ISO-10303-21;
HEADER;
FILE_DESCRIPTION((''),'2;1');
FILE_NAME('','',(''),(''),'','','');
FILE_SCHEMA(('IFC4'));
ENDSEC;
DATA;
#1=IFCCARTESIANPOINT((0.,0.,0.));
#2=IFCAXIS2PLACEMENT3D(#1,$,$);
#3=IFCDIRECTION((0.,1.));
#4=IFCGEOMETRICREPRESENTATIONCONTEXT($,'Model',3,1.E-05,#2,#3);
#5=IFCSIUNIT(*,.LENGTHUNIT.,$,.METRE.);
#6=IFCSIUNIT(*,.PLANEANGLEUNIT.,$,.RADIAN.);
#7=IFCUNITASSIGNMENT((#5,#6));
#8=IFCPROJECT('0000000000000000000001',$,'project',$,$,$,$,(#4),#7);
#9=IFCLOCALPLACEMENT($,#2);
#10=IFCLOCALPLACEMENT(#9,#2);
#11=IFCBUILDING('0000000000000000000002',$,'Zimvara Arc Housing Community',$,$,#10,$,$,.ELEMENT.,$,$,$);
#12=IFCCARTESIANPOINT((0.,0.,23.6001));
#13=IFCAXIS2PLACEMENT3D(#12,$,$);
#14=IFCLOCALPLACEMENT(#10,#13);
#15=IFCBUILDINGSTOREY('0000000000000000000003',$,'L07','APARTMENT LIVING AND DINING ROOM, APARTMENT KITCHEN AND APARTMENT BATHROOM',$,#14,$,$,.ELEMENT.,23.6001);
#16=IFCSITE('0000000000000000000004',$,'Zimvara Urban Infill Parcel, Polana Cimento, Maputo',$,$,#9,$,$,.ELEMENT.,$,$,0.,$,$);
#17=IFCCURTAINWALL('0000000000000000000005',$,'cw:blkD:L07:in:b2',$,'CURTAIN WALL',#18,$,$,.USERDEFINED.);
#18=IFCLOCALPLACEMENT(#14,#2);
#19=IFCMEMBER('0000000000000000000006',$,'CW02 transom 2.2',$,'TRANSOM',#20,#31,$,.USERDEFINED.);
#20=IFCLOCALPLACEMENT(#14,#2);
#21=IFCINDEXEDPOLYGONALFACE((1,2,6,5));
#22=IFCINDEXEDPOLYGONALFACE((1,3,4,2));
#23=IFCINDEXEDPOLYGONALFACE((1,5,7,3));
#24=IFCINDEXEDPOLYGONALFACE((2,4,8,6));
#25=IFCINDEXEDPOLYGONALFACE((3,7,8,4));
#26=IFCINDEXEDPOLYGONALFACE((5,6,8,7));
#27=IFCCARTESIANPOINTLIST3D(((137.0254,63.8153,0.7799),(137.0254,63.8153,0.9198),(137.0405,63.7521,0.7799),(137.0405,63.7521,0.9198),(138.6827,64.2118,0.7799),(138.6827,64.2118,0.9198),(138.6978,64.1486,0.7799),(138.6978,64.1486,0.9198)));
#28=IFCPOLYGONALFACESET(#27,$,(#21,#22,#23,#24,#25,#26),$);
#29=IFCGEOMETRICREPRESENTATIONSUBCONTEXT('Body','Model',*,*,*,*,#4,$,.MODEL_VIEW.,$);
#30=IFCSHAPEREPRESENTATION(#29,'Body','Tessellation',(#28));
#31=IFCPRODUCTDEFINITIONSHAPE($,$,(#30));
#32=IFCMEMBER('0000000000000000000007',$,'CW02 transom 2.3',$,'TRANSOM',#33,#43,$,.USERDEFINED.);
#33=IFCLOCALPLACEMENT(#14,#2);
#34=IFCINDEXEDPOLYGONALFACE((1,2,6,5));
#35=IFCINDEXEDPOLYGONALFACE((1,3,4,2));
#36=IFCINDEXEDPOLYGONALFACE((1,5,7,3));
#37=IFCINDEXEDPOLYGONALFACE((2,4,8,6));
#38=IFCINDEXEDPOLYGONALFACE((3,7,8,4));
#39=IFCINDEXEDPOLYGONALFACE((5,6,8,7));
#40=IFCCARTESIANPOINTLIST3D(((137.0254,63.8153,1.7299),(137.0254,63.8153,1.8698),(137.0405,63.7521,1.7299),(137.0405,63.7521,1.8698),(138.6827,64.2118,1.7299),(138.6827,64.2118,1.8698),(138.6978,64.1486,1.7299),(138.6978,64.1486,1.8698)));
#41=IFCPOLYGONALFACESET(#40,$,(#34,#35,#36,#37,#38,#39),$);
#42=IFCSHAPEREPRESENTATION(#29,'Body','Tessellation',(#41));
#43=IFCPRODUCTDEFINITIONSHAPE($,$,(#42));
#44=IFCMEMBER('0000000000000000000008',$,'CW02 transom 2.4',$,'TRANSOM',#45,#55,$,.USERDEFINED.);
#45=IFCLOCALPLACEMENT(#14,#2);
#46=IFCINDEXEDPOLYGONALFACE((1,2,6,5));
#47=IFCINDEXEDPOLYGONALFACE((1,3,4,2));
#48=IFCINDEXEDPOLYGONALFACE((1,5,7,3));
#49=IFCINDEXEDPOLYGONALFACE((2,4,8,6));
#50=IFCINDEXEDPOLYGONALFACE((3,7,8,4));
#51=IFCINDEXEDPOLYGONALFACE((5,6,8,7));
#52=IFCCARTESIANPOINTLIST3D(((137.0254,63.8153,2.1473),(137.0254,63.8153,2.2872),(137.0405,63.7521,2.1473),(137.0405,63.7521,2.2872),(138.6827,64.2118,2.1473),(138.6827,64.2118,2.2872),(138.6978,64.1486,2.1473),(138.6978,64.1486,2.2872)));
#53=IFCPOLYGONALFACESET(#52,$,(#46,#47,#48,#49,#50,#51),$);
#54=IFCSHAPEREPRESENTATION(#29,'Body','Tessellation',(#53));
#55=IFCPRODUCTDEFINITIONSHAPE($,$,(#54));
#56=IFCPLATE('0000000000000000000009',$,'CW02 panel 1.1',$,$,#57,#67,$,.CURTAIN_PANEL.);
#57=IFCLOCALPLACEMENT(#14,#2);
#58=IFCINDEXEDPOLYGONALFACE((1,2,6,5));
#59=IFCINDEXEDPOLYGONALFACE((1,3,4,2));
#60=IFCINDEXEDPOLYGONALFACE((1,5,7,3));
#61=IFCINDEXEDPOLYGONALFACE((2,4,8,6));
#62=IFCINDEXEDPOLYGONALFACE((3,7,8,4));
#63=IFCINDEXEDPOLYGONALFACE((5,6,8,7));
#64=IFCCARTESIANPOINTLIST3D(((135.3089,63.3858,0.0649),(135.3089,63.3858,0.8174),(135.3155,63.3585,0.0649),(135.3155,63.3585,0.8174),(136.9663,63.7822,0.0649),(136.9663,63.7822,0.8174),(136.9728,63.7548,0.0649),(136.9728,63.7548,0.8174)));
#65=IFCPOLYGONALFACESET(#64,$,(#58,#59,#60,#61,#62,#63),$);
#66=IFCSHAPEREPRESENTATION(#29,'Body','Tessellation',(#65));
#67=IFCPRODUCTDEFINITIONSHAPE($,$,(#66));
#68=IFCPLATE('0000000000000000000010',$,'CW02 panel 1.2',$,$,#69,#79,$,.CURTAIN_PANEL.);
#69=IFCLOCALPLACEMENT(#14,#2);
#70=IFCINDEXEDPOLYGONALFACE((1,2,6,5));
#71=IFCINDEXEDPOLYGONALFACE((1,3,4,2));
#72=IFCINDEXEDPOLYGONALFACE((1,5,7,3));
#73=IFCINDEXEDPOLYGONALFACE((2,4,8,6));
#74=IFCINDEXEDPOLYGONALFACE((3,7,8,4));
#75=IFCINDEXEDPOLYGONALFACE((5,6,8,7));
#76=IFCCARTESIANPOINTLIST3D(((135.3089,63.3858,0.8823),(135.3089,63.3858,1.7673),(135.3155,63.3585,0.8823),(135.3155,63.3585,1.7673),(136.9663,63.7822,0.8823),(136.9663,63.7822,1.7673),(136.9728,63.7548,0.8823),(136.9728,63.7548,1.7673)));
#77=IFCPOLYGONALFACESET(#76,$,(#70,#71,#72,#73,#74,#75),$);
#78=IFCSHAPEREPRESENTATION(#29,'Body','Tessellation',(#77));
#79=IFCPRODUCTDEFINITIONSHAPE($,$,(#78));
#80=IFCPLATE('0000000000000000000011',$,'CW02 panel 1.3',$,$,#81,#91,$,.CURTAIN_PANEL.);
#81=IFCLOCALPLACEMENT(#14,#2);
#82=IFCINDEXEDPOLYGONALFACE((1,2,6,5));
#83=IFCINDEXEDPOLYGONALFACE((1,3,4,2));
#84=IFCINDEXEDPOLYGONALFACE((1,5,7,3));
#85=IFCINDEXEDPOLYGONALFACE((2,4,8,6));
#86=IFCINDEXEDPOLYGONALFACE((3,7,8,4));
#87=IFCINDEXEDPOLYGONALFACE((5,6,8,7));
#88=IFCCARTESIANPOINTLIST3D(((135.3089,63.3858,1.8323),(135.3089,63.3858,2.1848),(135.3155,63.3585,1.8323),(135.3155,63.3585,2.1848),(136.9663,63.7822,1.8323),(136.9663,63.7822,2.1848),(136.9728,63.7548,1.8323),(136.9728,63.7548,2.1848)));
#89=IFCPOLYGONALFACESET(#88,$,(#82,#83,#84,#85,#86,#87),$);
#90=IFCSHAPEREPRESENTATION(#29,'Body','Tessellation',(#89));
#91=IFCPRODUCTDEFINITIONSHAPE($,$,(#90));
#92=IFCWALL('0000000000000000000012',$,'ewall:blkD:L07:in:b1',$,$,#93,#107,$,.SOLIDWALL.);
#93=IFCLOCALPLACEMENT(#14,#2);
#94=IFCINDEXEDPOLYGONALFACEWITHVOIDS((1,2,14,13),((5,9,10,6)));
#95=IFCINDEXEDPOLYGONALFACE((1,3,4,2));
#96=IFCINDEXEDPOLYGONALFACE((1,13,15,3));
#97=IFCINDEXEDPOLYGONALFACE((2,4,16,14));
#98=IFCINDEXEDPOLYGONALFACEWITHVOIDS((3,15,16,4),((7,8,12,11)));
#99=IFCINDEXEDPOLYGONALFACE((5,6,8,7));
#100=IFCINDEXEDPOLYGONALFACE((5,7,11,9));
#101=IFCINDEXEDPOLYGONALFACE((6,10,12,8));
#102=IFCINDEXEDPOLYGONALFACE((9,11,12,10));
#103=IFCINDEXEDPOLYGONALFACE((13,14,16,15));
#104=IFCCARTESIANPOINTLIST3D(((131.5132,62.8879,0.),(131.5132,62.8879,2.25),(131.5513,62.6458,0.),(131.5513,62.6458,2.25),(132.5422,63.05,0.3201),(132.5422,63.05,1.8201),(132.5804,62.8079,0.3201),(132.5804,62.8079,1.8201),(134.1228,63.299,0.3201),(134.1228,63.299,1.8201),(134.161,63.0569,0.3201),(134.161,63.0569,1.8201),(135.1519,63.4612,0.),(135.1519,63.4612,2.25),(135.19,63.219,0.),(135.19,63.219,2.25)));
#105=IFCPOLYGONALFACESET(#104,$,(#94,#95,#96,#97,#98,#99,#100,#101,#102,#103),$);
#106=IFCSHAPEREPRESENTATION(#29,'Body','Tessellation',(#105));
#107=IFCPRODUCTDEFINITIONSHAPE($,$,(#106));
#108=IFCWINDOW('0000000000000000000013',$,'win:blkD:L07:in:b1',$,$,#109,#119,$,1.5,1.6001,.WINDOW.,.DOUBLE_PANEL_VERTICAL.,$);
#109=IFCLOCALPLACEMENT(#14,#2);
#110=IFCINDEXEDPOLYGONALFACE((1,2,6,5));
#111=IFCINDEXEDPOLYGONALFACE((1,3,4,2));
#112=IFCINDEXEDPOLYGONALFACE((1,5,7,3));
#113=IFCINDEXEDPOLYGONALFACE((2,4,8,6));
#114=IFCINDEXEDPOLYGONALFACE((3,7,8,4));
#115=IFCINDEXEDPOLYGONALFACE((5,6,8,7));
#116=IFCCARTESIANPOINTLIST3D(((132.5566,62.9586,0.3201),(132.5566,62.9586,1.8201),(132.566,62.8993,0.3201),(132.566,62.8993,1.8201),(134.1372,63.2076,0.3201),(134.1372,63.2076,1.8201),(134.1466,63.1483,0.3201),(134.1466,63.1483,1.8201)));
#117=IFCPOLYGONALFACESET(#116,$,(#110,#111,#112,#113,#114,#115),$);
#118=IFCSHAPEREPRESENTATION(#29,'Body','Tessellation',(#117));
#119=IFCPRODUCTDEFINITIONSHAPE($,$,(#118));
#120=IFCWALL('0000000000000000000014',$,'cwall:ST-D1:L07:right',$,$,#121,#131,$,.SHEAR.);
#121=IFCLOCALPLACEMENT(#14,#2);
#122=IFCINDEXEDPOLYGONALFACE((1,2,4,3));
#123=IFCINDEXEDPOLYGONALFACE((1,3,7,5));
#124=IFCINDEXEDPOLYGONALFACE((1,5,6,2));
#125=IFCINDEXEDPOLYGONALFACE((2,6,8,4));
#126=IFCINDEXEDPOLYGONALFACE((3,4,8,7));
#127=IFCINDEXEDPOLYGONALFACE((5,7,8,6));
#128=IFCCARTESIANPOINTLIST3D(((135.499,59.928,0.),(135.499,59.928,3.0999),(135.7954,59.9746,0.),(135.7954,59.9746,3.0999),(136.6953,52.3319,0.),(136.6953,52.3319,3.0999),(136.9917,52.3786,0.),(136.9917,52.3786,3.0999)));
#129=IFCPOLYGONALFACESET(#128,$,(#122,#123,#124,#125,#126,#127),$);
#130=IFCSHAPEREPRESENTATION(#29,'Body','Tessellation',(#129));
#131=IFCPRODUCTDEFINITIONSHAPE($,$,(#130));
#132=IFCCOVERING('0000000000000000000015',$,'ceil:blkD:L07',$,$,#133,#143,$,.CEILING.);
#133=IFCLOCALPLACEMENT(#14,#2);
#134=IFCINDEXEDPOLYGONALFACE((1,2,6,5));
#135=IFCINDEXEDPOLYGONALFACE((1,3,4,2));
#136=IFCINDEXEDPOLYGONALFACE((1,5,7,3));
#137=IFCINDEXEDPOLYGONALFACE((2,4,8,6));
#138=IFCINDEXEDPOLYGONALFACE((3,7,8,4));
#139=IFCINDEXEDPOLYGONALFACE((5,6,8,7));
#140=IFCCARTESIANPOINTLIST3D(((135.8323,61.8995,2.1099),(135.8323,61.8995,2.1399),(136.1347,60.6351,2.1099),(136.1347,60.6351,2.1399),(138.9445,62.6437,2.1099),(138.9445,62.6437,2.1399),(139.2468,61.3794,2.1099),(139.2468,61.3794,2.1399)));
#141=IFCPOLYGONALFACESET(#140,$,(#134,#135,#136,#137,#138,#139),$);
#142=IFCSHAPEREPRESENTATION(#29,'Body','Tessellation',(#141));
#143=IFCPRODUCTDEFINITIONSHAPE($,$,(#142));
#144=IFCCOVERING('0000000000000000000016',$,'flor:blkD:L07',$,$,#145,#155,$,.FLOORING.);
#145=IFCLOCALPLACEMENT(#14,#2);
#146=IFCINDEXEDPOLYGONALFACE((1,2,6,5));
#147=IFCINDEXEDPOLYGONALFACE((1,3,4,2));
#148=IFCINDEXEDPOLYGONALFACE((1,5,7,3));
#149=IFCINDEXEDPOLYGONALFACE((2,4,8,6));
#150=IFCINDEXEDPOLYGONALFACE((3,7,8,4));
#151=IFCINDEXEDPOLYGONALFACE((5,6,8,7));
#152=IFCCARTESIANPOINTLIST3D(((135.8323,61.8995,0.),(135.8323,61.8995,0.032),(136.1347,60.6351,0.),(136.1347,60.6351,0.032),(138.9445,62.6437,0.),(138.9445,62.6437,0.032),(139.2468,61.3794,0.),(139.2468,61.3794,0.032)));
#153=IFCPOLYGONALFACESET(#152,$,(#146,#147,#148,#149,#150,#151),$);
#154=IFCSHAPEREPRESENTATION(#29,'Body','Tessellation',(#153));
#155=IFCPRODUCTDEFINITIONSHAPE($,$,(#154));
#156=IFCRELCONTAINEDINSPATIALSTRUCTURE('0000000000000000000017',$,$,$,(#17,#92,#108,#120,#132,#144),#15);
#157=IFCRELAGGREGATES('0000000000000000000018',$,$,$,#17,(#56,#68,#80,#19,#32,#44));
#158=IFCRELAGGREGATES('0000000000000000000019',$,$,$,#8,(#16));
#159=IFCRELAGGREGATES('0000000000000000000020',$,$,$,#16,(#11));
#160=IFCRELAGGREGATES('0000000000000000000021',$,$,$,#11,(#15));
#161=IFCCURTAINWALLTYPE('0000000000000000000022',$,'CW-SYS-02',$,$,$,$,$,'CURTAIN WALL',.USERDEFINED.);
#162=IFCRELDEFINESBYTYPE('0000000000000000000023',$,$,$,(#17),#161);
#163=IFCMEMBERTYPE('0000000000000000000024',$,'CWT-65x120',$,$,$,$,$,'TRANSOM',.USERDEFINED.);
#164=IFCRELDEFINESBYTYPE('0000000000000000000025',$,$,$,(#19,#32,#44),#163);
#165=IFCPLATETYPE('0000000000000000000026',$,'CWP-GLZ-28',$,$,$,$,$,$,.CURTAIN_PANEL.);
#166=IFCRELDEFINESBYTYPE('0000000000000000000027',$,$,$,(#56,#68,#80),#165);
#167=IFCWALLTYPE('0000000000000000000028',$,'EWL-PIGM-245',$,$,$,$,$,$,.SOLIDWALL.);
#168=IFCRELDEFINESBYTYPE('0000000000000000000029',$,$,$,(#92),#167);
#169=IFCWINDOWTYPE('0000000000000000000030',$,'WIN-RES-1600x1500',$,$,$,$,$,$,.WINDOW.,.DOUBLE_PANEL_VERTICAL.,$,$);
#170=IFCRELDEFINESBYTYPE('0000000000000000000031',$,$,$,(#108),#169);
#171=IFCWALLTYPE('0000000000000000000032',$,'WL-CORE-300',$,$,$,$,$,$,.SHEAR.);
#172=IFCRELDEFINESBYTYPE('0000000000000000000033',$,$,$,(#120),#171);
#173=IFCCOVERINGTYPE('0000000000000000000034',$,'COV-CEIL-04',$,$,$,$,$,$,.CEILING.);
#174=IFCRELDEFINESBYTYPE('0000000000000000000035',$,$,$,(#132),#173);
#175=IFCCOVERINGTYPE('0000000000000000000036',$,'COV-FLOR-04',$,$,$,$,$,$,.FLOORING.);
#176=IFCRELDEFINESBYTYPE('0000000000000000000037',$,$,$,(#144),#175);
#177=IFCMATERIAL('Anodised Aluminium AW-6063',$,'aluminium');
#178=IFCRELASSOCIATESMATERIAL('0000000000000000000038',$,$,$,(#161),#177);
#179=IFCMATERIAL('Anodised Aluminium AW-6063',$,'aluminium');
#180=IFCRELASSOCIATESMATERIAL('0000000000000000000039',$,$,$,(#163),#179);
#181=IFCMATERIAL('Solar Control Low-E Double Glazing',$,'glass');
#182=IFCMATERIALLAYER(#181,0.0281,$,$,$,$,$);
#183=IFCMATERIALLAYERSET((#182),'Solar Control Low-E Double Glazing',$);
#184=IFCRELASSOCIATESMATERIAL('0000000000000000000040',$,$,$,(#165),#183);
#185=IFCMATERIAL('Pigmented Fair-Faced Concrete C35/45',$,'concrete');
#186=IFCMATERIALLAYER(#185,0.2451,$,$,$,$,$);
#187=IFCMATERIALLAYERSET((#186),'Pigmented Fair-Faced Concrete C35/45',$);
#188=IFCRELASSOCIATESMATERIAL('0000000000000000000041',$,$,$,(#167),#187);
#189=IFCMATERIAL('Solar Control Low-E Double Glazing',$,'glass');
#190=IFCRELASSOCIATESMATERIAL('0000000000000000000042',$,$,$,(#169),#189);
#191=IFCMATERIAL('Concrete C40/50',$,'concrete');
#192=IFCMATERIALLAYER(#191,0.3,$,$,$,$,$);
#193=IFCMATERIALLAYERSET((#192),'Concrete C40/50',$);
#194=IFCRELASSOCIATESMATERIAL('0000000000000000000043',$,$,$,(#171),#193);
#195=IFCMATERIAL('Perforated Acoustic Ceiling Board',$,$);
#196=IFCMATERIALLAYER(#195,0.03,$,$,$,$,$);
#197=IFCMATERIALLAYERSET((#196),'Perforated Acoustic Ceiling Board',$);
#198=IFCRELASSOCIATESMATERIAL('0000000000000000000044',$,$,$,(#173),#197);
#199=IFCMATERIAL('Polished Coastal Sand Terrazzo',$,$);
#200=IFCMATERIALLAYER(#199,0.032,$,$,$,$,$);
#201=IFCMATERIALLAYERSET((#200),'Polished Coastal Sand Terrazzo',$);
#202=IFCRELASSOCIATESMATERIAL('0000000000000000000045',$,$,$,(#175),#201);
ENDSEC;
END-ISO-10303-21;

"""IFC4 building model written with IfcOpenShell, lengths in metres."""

from ifc_helpers import new_model, si_unit, direction, frame, frame_2d, origin, origin_2d, place, context, subcontext, project, spatial, rectangle, extrude, material, layer, layer_set, material_profile, profile_set, type_object, element, fill, aggregate, save


model = new_model("IFC4")

# Units and contexts
model_context = context("Model", 3, precision=1e-05, world=origin(), true_north=direction((0.0, 1.0)))
body_context = subcontext(model_context, "Body", "Model", "MODEL_VIEW")
ifc_project = project(units=[si_unit("LENGTHUNIT", "METRE"), si_unit("PLANEANGLEUNIT", "RADIAN")], contexts=[model_context])

# Site, building, storey
site_placement = place(None, origin())
site = spatial("IfcSite", under=ifc_project, at=site_placement, Name="Zimvara Urban Infill Parcel, Polana Cimento, Maputo", CompositionType="ELEMENT", RefElevation=0.0)
building_placement = place(site_placement, origin())
building = spatial("IfcBuilding", under=site, at=building_placement, Name="Zimvara Arc Housing Community", CompositionType="ELEMENT")
storey_placement = place(building_placement, frame((0.0, 0.0, 23.6001)))
storey = spatial("IfcBuildingStorey", under=building, at=storey_placement, Name="L07", Description="APARTMENT LIVING AND DINING ROOM, APARTMENT KITCHEN AND APARTMENT BATHROOM", CompositionType="ELEMENT", Elevation=23.6001)

# Curtain wall, members, plates
ifc_material_1 = material(Name="Anodised Aluminium AW-6063", Category="aluminium")
curtain_wall_type_1 = type_object("IfcCurtainWallType", Name="CW-SYS-02", ElementType="CURTAIN WALL", PredefinedType="USERDEFINED", material=ifc_material_1)
curtain_wall_1_placement = place(storey_placement, origin())
curtain_wall_1 = element("IfcCurtainWall", 1, at=curtain_wall_1_placement, inside=storey, type_object=curtain_wall_type_1, Name="cw:blkD:L07:in:b2", ObjectType="CURTAIN WALL", PredefinedType="USERDEFINED")
ifc_material_2 = material(Name="Anodised Aluminium AW-6063", Category="aluminium")
ifc_material_profile_1 = material_profile(ifc_material_2, rectangle(XDim=0.0649, YDim=0.1399, at=origin_2d()), Name="ALU 65x140")
ifc_profile_set_1 = profile_set([ifc_material_profile_1], Name="Anodised Aluminium AW-6063")
member_type_1 = type_object("IfcMemberType", Name="CWT-65x120", ElementType="TRANSOM", PredefinedType="USERDEFINED", material=ifc_profile_set_1)
member_1_placement = place(storey_placement, frame((137.033, 63.7837, 0.8499), z_axis=(0.972554, 0.232679, 0.0), x_axis=(-0.232679, 0.972554, 0.0)))
member_1 = element("IfcMember", 2, at=member_1_placement, type_object=member_type_1, Name="CW02 transom 2.2", ObjectType="TRANSOM", PredefinedType="USERDEFINED", context=body_context, shape_type="SweptSolid", body=[
    extrude(rectangle(XDim=0.0649, YDim=0.1399, at=origin_2d()), origin(), (0.0, 0.0, 1.0), 1.7041),
])
member_2_placement = place(storey_placement, frame((137.033, 63.7837, 1.7998), z_axis=(0.972554, 0.232679, 0.0), x_axis=(-0.232679, 0.972554, 0.0)))
member_2 = element("IfcMember", 3, at=member_2_placement, type_object=member_type_1, Name="CW02 transom 2.3", ObjectType="TRANSOM", PredefinedType="USERDEFINED", context=body_context, shape_type="SweptSolid", body=[
    extrude(rectangle(XDim=0.0649, YDim=0.1399, at=origin_2d()), origin(), (0.0, 0.0, 1.0), 1.7041),
])
member_3_placement = place(storey_placement, frame((137.033, 63.7837, 2.2173), z_axis=(0.972554, 0.232679, 0.0), x_axis=(-0.232679, 0.972554, 0.0)))
member_3 = element("IfcMember", 4, at=member_3_placement, type_object=member_type_1, Name="CW02 transom 2.4", ObjectType="TRANSOM", PredefinedType="USERDEFINED", context=body_context, shape_type="SweptSolid", body=[
    extrude(rectangle(XDim=0.0649, YDim=0.1399, at=origin_2d()), origin(), (0.0, 0.0, 1.0), 1.7041),
])
ifc_material_3 = material(Name="Solar Control Low-E Double Glazing", Category="glass")
ifc_layer_1 = layer(ifc_material_3, 0.0281)
ifc_layer_set_1 = layer_set([ifc_layer_1], Name="Solar Control Low-E Double Glazing")
plate_type = type_object("IfcPlateType", Name="CWP-GLZ-28", PredefinedType="CURTAIN_PANEL", material=ifc_layer_set_1)
plate_1_placement = place(storey_placement, frame((136.1409, 63.5703, 0.0649), z_axis=(0.0, 0.0, 1.0), x_axis=(0.972573, 0.232597, 0.0)))
plate_1 = element("IfcPlate", 5, at=plate_1_placement, type_object=plate_type, Name="CW02 panel 1.1", PredefinedType="CURTAIN_PANEL", context=body_context, shape_type="SweptSolid", body=[
    extrude(rectangle(XDim=1.7041, YDim=0.0281, at=origin_2d()), origin(), (0.0, 0.0, 1.0), 0.7524),
])
plate_2_placement = place(storey_placement, frame((136.1409, 63.5703, 0.8823), z_axis=(0.0, 0.0, 1.0), x_axis=(0.972573, 0.232597, 0.0)))
plate_2 = element("IfcPlate", 6, at=plate_2_placement, type_object=plate_type, Name="CW02 panel 1.2", PredefinedType="CURTAIN_PANEL", context=body_context, shape_type="SweptSolid", body=[
    extrude(rectangle(XDim=1.7041, YDim=0.0281, at=origin_2d()), origin(), (0.0, 0.0, 1.0), 0.885),
])
plate_3_placement = place(storey_placement, frame((136.1409, 63.5703, 1.8323), z_axis=(0.0, 0.0, 1.0), x_axis=(0.972573, 0.232597, 0.0)))
plate_3 = element("IfcPlate", 7, at=plate_3_placement, type_object=plate_type, Name="CW02 panel 1.3", PredefinedType="CURTAIN_PANEL", context=body_context, shape_type="SweptSolid", body=[
    extrude(rectangle(XDim=1.7041, YDim=0.0281, at=origin_2d()), origin(), (0.0, 0.0, 1.0), 0.3525),
])
aggregate(curtain_wall_1, [plate_1, plate_2, plate_3, member_1, member_2, member_3])

# Wall, opening, window
ifc_material_4 = material(Name="Pigmented Fair-Faced Concrete C35/45", Category="concrete")
ifc_layer_2 = layer(ifc_material_4, 0.2451)
ifc_layer_set_2 = layer_set([ifc_layer_2], Name="Pigmented Fair-Faced Concrete C35/45")
wall_type_1 = type_object("IfcWallType", Name="EWL-PIGM-245", PredefinedType="SOLIDWALL", material=ifc_layer_set_2)
wall_1_placement = place(storey_placement, frame((131.5322, 62.7668, 0.0), z_axis=(0.0, 0.0, 1.0), x_axis=(0.987817, 0.155622, 0.0)))
wall_1 = element("IfcWall", 8, at=wall_1_placement, inside=storey, type_object=wall_type_1, Name="ewall:blkD:L07:in:b1", PredefinedType="SOLIDWALL", context=body_context, shape_type="SweptSolid", body=[
    extrude(rectangle(XDim=3.6836, YDim=0.2451, at=frame_2d((1.8418, 0.0))), origin(), (0.0, 0.0, 1.0), 2.25),
])
opening_1_placement = place(wall_1_placement, frame((1.0417, 0.0, 0.3201)))
opening_1 = element("IfcOpeningElement", 9, at=opening_1_placement, cuts=wall_1, PredefinedType="OPENING", context=body_context, shape_type="SweptSolid", body=[
    extrude(rectangle(XDim=1.6001, YDim=1.5, at=frame_2d((0.8, 0.75))), frame((0.0, 0.1326, 0.0), z_axis=(0.0, -1.0, 0.0), x_axis=(1.0, 0.0, 0.0)), (0.0, 0.0, 1.0), 0.2651),
])
ifc_material_5 = material(Name="Solar Control Low-E Double Glazing", Category="glass")
window_type = type_object("IfcWindowType", Name="WIN-RES-1600x1500", PartitioningType="DOUBLE_PANEL_VERTICAL", PredefinedType="WINDOW", material=ifc_material_5)
window_placement = place(opening_1_placement, origin())
window = element("IfcWindow", 10, at=window_placement, inside=storey, type_object=window_type, Name="win:blkD:L07:in:b1", OverallHeight=1.5, OverallWidth=1.6001, PartitioningType="DOUBLE_PANEL_VERTICAL", PredefinedType="WINDOW", context=body_context, shape_type="SweptSolid", body=[
    extrude(rectangle(XDim=1.6001, YDim=1.5, at=frame_2d((0.8, 0.75))), frame((0.0, 0.03, 0.0), z_axis=(0.0, -1.0, 0.0), x_axis=(1.0, 0.0, 0.0)), (0.0, 0.0, 1.0), 0.0601),
])
fill(opening_1, window)

# Shared definitions
ifc_material_6 = material(Name="Concrete C40/50", Category="concrete")
ifc_layer_3 = layer(ifc_material_6, 0.3)
ifc_layer_set_3 = layer_set([ifc_layer_3], Name="Concrete C40/50")
wall_type_2 = type_object("IfcWallType", Name="WL-CORE-300", PredefinedType="SHEAR", material=ifc_layer_set_3)

# Wall
wall_2_placement = place(storey_placement, frame((135.6472, 59.9512, 0.0), z_axis=(0.0, 0.0, 1.0), x_axis=(0.155568, -0.987825, 0.0)))
element("IfcWall", 11, at=wall_2_placement, inside=storey, type_object=wall_type_2, Name="cwall:ST-D1:L07:right", PredefinedType="SHEAR", context=body_context, shape_type="SweptSolid", body=[
    extrude(rectangle(XDim=7.6897, YDim=0.3, at=frame_2d((3.8447, 0.0))), origin(), (0.0, 0.0, 1.0), 3.0999),
])

# Coverings
ifc_material_7 = material(Name="Perforated Acoustic Ceiling Board")
ifc_layer_4 = layer(ifc_material_7, 0.03)
ifc_layer_set_4 = layer_set([ifc_layer_4], Name="Perforated Acoustic Ceiling Board")
covering_type_1 = type_object("IfcCoveringType", Name="COV-CEIL-04", PredefinedType="CEILING", material=ifc_layer_set_4)
covering_1_placement = place(storey_placement, frame((137.5396, 61.6394, 2.1099), z_axis=(0.0, 0.0, 1.0), x_axis=(0.232597, -0.972573, 0.0)))
element("IfcCovering", 12, at=covering_1_placement, inside=storey, type_object=covering_type_1, Name="ceil:blkD:L07", PredefinedType="CEILING", context=body_context, shape_type="SweptSolid", body=[
    extrude(rectangle(XDim=1.3, YDim=3.2, at=origin_2d()), origin(), (0.0, 0.0, 1.0), 0.03),
])
ifc_material_8 = material(Name="Polished Coastal Sand Terrazzo")
ifc_layer_5 = layer(ifc_material_8, 0.032)
ifc_layer_set_5 = layer_set([ifc_layer_5], Name="Polished Coastal Sand Terrazzo")
covering_type_2 = type_object("IfcCoveringType", Name="COV-FLOR-04", PredefinedType="FLOORING", material=ifc_layer_set_5)
covering_2_placement = place(storey_placement, frame((137.5396, 61.6394, 0.0), z_axis=(0.0, 0.0, 1.0), x_axis=(0.232597, -0.972573, 0.0)))
element("IfcCovering", 13, at=covering_2_placement, inside=storey, type_object=covering_type_2, Name="flor:blkD:L07", PredefinedType="FLOORING", context=body_context, shape_type="SweptSolid", body=[
    extrude(rectangle(XDim=1.3, YDim=3.2, at=origin_2d()), origin(), (0.0, 0.0, 1.0), 0.032),
])

save(model, "model.ifc")
